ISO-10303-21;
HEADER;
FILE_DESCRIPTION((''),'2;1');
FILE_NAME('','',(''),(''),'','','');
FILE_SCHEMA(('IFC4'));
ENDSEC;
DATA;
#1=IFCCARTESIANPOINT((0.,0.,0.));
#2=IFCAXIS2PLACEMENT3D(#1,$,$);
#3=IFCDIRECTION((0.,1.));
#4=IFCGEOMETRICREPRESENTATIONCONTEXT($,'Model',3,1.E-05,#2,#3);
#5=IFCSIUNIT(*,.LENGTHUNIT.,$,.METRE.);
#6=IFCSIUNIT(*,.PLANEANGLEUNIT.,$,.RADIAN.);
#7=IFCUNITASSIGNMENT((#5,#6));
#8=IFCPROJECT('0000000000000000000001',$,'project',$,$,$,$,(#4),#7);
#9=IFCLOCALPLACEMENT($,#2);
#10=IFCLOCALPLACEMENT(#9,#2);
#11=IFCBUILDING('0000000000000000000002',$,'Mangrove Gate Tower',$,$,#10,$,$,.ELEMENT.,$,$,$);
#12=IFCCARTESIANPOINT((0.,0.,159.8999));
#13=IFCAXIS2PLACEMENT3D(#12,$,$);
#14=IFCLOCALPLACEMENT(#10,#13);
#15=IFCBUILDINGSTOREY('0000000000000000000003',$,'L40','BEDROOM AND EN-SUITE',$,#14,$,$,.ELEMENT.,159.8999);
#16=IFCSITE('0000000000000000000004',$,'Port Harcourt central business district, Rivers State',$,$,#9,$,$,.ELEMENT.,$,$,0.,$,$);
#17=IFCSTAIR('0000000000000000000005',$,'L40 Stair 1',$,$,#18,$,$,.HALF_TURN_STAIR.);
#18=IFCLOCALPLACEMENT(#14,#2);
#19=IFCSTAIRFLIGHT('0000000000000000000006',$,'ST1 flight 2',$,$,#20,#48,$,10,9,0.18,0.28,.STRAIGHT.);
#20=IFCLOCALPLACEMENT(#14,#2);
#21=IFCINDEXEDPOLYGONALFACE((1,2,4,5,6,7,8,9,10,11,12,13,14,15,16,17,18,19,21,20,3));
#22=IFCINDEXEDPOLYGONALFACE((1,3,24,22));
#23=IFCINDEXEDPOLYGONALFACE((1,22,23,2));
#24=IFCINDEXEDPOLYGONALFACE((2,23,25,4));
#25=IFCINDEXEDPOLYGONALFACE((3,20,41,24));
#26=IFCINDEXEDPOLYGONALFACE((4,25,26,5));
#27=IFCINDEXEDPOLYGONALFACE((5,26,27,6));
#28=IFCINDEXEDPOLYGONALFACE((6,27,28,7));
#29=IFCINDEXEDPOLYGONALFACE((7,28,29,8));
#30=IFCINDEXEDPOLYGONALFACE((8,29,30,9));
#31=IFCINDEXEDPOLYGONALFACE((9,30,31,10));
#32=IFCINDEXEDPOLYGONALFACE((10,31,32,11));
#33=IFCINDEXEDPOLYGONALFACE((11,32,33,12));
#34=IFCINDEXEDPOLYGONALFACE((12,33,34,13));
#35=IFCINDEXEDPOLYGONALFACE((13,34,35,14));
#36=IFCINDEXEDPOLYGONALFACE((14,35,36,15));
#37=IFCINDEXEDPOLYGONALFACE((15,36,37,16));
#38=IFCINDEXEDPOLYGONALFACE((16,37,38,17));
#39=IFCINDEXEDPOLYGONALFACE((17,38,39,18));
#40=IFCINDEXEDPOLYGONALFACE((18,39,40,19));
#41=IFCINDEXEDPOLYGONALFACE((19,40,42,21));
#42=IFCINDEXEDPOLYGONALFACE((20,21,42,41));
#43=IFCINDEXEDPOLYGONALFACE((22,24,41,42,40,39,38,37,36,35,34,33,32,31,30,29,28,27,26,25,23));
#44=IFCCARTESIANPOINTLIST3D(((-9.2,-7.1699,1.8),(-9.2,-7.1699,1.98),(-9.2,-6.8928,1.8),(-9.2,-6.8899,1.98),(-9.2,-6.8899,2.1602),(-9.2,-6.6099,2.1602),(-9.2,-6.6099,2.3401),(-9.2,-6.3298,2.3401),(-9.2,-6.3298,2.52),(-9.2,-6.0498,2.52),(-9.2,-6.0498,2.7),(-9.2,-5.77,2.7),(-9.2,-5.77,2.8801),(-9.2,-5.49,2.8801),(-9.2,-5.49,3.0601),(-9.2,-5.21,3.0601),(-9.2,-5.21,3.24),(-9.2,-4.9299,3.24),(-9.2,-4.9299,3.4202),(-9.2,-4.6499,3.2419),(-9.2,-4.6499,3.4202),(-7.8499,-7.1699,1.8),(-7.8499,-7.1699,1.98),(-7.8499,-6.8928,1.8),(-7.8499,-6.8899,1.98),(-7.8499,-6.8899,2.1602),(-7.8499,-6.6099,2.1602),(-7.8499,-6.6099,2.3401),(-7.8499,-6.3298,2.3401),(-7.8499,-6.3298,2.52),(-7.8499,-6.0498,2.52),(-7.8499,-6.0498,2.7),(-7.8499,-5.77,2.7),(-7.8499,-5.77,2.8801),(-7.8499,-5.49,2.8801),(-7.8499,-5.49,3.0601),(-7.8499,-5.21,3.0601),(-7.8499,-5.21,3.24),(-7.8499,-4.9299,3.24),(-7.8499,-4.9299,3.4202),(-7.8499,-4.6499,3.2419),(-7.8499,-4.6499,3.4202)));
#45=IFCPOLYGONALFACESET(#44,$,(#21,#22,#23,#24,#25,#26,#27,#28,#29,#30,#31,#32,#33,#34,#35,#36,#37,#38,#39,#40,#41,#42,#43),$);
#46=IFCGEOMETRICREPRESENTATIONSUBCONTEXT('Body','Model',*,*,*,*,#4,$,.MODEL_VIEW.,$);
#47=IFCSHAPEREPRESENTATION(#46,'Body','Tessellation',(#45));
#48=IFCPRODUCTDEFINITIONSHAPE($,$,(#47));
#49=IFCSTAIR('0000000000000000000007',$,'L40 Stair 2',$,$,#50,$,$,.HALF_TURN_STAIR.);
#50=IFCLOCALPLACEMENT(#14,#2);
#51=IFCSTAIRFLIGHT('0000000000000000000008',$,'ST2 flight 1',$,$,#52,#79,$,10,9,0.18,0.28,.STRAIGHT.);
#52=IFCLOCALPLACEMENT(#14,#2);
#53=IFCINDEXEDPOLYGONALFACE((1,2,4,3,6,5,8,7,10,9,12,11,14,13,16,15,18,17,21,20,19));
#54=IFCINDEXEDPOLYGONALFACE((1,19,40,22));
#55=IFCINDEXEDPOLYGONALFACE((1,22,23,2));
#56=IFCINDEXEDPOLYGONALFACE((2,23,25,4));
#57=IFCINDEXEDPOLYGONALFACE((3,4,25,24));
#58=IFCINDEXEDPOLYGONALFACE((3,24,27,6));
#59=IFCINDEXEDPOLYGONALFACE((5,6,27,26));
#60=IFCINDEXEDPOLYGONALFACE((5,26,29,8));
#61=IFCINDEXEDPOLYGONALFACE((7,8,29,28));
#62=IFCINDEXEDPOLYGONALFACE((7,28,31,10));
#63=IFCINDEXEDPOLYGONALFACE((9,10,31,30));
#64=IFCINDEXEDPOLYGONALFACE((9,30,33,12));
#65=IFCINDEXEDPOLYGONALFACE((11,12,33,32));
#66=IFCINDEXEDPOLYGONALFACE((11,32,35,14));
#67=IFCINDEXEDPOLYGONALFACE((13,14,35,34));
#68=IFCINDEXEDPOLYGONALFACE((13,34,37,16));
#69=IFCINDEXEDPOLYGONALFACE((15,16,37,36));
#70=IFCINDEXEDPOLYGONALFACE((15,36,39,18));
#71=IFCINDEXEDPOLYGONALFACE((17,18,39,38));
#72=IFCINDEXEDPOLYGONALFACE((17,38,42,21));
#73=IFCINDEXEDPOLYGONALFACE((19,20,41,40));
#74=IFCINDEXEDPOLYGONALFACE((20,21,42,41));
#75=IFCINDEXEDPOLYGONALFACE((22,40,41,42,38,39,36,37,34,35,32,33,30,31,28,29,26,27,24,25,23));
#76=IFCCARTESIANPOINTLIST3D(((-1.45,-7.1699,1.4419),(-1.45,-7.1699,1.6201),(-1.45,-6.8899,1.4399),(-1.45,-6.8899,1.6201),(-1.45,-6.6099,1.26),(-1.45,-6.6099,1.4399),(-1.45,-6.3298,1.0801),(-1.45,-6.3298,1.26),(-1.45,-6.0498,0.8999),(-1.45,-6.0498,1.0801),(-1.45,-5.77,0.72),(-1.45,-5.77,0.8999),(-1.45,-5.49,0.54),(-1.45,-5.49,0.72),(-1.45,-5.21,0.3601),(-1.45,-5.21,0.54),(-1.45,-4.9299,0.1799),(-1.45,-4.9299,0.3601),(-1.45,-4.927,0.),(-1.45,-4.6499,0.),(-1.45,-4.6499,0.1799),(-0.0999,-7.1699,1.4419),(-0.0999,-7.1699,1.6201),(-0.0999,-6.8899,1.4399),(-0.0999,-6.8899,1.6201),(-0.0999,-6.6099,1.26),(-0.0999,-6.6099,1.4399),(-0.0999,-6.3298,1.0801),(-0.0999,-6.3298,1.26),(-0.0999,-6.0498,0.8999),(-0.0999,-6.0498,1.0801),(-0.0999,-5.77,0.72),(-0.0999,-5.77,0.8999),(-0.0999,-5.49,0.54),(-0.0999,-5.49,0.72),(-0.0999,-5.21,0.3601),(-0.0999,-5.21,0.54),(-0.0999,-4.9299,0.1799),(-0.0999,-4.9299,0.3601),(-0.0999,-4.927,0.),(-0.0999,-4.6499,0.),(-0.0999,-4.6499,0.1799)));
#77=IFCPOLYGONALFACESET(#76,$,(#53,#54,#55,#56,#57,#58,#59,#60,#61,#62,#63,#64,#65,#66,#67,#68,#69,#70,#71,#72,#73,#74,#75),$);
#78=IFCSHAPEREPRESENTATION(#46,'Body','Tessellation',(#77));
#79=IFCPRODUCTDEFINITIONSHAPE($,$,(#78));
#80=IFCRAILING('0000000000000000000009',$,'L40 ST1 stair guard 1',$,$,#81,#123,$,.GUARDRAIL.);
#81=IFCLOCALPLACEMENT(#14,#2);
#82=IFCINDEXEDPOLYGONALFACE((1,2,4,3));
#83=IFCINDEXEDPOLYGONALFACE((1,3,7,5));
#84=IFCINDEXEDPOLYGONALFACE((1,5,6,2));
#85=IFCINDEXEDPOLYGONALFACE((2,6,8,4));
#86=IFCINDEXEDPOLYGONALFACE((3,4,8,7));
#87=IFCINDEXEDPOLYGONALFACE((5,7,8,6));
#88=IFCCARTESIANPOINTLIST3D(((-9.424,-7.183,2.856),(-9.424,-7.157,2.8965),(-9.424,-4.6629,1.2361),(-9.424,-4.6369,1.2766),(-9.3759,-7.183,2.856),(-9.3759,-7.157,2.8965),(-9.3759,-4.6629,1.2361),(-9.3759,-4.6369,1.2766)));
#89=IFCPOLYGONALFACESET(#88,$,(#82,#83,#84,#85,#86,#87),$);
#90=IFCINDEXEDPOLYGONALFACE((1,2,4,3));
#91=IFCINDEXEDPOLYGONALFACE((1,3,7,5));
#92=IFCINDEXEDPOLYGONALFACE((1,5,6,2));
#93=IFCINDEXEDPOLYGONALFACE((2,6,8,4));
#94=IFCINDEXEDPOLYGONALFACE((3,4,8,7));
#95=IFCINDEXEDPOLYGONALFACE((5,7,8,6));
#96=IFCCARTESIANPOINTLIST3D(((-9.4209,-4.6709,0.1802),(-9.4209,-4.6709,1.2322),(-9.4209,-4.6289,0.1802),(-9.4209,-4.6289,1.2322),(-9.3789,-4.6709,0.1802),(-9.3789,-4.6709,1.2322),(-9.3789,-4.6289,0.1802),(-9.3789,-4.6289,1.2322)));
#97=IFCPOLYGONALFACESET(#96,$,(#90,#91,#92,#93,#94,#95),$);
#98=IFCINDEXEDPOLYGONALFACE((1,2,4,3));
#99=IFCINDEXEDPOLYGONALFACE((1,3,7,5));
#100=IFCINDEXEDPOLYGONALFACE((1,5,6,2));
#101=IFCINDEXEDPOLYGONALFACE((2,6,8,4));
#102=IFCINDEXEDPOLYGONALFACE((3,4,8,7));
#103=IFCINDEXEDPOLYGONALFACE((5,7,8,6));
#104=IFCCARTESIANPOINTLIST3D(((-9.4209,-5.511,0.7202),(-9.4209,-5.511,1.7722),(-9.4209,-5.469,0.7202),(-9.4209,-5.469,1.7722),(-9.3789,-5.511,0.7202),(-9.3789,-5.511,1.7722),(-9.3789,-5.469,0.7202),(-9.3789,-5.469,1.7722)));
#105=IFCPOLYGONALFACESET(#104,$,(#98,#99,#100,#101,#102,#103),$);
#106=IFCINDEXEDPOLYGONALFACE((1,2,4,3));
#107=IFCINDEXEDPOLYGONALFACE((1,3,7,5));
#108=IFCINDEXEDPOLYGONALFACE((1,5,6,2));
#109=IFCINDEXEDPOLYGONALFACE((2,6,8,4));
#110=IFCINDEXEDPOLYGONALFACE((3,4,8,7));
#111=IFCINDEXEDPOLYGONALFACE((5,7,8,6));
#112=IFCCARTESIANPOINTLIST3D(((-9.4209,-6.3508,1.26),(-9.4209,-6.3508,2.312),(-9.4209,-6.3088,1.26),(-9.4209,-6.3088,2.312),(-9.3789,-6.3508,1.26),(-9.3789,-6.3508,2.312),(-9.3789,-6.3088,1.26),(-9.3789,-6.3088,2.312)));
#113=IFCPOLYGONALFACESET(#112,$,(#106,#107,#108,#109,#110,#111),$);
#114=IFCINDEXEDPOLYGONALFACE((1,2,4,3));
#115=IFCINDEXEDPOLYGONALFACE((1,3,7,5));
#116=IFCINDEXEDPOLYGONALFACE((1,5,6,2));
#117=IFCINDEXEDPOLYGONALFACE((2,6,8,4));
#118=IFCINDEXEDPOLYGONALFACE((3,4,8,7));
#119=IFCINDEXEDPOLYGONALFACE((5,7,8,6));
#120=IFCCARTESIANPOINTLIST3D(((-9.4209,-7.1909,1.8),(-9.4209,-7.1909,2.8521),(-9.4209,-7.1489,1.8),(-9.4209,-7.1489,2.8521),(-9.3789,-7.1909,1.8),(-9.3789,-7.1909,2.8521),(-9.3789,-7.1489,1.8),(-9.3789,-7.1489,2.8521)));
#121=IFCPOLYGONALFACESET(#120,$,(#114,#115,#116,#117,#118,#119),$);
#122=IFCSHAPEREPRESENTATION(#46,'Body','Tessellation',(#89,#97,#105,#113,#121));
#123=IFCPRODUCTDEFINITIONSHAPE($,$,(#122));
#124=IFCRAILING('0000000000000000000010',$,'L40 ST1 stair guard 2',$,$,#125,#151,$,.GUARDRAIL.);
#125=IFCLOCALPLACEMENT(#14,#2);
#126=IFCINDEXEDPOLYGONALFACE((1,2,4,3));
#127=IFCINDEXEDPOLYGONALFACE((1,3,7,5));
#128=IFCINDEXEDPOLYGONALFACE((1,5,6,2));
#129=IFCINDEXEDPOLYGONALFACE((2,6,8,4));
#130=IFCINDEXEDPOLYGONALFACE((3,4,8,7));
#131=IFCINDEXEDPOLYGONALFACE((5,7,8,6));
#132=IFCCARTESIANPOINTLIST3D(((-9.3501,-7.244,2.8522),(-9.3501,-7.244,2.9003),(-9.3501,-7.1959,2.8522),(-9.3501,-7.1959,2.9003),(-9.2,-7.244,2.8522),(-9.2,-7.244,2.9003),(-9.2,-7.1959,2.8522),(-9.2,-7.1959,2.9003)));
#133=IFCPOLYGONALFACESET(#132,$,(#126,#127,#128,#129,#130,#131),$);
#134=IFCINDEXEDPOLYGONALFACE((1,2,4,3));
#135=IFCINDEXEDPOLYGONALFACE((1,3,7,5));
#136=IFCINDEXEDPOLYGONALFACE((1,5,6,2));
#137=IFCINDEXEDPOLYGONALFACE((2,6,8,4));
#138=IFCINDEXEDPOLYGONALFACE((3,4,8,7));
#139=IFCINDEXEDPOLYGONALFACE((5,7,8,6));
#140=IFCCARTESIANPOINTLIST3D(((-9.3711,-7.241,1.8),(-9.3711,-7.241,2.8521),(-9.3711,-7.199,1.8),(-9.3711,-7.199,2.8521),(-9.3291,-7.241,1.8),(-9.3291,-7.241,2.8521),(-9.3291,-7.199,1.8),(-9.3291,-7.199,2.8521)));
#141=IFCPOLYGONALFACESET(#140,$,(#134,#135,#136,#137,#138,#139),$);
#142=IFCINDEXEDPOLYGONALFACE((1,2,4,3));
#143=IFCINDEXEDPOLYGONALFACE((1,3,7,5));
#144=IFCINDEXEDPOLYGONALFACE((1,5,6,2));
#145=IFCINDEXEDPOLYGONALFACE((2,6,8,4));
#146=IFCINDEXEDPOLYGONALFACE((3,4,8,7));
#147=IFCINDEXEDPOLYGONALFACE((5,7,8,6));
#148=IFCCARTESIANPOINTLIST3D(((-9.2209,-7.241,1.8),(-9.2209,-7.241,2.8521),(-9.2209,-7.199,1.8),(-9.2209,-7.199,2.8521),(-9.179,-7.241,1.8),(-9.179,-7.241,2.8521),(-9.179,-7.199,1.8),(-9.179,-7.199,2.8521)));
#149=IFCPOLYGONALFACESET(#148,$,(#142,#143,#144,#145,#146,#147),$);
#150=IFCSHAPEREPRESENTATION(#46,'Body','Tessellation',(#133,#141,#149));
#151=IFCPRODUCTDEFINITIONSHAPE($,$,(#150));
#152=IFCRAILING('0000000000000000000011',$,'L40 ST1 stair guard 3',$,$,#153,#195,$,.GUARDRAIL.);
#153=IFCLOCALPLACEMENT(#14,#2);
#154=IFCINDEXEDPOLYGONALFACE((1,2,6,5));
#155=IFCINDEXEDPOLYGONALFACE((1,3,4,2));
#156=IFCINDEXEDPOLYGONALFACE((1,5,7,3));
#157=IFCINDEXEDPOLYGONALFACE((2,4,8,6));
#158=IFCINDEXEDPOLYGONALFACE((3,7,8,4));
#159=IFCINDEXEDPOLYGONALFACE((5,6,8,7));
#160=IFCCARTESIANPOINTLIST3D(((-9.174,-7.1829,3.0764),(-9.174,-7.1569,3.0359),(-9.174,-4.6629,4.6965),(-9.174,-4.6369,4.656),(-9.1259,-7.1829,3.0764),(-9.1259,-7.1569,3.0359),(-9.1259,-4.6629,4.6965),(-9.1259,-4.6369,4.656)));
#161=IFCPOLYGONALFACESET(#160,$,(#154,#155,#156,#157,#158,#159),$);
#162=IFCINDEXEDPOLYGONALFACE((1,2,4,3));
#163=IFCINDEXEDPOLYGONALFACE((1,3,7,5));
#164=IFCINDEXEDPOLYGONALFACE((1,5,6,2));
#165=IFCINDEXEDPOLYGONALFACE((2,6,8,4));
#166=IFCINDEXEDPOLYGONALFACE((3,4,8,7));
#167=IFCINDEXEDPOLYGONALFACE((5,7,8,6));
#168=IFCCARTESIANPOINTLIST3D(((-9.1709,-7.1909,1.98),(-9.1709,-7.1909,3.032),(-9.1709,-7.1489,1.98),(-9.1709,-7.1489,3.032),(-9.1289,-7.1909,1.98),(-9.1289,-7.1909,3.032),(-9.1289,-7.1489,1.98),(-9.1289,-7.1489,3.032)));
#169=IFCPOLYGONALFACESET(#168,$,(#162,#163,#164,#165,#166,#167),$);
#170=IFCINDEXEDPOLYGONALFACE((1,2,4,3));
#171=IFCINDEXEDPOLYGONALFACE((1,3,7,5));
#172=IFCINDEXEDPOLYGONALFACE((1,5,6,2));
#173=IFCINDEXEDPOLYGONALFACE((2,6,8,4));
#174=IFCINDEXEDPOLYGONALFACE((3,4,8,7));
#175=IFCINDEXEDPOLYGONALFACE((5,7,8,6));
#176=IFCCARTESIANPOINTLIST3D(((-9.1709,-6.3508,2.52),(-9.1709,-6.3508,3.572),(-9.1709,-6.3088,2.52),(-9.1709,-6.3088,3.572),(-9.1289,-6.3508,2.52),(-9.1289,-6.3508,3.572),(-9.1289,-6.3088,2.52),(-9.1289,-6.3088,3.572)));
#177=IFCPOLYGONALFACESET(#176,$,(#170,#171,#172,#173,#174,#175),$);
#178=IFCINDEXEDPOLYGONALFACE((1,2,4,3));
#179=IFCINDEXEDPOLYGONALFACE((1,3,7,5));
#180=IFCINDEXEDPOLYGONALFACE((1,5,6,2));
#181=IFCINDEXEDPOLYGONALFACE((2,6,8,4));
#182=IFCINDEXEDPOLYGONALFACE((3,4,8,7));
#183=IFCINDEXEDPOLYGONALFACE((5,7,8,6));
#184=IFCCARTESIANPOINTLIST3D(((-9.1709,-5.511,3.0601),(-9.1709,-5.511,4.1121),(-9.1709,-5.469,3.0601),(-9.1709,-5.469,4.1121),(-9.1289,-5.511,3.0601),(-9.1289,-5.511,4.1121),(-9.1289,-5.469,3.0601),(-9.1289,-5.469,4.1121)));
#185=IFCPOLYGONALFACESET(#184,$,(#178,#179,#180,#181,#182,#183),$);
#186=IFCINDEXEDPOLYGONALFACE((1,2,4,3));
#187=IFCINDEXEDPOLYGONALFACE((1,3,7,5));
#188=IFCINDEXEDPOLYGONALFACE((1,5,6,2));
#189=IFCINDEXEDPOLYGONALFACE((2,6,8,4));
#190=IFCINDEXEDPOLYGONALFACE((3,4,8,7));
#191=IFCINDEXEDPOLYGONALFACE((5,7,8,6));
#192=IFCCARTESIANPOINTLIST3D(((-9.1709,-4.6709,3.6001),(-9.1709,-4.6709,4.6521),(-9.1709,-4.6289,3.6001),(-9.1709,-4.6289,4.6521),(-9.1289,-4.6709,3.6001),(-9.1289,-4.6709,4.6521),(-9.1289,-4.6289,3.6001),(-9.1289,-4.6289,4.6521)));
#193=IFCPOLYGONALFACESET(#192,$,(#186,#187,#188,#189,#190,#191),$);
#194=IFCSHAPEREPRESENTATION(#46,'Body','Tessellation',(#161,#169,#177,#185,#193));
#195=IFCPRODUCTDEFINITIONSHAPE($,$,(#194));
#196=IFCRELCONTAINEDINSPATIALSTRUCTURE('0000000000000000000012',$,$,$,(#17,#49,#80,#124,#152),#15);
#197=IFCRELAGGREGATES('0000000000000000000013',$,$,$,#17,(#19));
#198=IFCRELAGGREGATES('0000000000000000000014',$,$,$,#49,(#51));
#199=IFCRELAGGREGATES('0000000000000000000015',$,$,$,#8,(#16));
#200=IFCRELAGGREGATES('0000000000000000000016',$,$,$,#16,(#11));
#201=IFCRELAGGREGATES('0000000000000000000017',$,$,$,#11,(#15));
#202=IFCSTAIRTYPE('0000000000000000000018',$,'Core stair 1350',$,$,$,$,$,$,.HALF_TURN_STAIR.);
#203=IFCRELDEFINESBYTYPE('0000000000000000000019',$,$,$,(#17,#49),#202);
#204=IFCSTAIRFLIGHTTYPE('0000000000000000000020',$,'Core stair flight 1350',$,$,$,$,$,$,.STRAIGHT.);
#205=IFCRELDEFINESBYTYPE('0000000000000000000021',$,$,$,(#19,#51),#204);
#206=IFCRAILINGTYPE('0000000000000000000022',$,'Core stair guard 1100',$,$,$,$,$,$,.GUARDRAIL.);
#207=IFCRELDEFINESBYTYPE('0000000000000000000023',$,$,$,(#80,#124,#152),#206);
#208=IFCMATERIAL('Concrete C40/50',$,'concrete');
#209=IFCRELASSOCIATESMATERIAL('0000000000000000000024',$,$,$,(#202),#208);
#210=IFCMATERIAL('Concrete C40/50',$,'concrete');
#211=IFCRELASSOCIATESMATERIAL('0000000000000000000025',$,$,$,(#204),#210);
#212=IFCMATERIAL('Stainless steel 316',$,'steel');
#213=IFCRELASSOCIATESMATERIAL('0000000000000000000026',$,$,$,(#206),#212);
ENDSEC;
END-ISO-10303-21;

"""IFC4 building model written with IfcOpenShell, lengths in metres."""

from ifc_helpers import new_model, si_unit, direction, frame, origin, origin_2d, place, context, subcontext, project, spatial, polyline, rectangle, outline, extrude, material, type_object, element, aggregate, save


model = new_model("IFC4")

# Units and contexts
model_context = context("Model", 3, precision=1e-05, world=origin(), true_north=direction((0.0, 1.0)))
body_context = subcontext(model_context, "Body", "Model", "MODEL_VIEW")
ifc_project = project(units=[si_unit("LENGTHUNIT", "METRE"), si_unit("PLANEANGLEUNIT", "RADIAN")], contexts=[model_context])

# Site, building, storey
site_placement = place(None, origin())
site = spatial("IfcSite", under=ifc_project, at=site_placement, Name="Port Harcourt central business district, Rivers State", CompositionType="ELEMENT", RefElevation=0.0)
building_placement = place(site_placement, origin())
building = spatial("IfcBuilding", under=site, at=building_placement, Name="Mangrove Gate Tower", CompositionType="ELEMENT")
storey_placement = place(building_placement, frame((0.0, 0.0, 159.8999)))
storey = spatial("IfcBuildingStorey", under=building, at=storey_placement, Name="L40", Description="BEDROOM AND EN-SUITE", CompositionType="ELEMENT", Elevation=159.8999)

# Stair, stair flight
ifc_material_1 = material(Name="Concrete C40/50", Category="concrete")
stair_type = type_object("IfcStairType", Name="Core stair 1350", PredefinedType="HALF_TURN_STAIR", material=ifc_material_1)
stair_1_placement = place(storey_placement, origin())
stair_1 = element("IfcStair", 1, at=stair_1_placement, inside=storey, type_object=stair_type, Name="L40 Stair 1", PredefinedType="HALF_TURN_STAIR")
ifc_material_2 = material(Name="Concrete C40/50", Category="concrete")
stair_flight_type = type_object("IfcStairFlightType", Name="Core stair flight 1350", PredefinedType="STRAIGHT", material=ifc_material_2)
stair_flight_1_placement = place(storey_placement, frame((-8.5249, -7.1699, 1.8), z_axis=(0.0, 0.0, 1.0), x_axis=(0.0, 1.0, 0.0)))
stair_flight_1 = element("IfcStairFlight", 2, at=stair_flight_1_placement, type_object=stair_flight_type, Name="ST1 flight 2", NumberOfRisers=10, NumberOfTreads=9, PredefinedType="STRAIGHT", RiserHeight=0.18, TreadLength=0.28, context=body_context, shape_type="SweptSolid", body=[
    extrude(outline(polyline([(0.0, 0.0), (0.0, 0.1799), (0.28, 0.1799), (0.28, 0.3601), (0.5601, 0.3601), (0.5601, 0.54), (0.8401, 0.54), (0.8401, 0.72), (1.1201, 0.72), (1.1201, 0.8999), (1.3999, 0.8999), (1.3999, 1.0801), (1.6799, 1.0801), (1.6799, 1.26), (1.96, 1.26), (1.96, 1.4399), (2.24, 1.4399), (2.24, 1.6201), (2.52, 1.6201), (2.52, 1.8), (2.52, 1.4419), (0.2771, 0.0), (0.0, 0.0)])), frame((0.0, 0.675, 0.0), z_axis=(0.0, -1.0, 0.0), x_axis=(1.0, 0.0, 0.0)), (0.0, 0.0, 1.0), 1.3501),
])
aggregate(stair_1, [stair_flight_1])

# Stair, stair flight
stair_2_placement = place(storey_placement, origin())
stair_2 = element("IfcStair", 3, at=stair_2_placement, inside=storey, type_object=stair_type, Name="L40 Stair 2", PredefinedType="HALF_TURN_STAIR")
stair_flight_2_placement = place(storey_placement, frame((-0.7749, -4.6499, 0.0), z_axis=(0.0, 0.0, 1.0), x_axis=(0.0, -1.0, 0.0)))
stair_flight_2 = element("IfcStairFlight", 4, at=stair_flight_2_placement, type_object=stair_flight_type, Name="ST2 flight 1", NumberOfRisers=10, NumberOfTreads=9, PredefinedType="STRAIGHT", RiserHeight=0.18, TreadLength=0.28, context=body_context, shape_type="SweptSolid", body=[
    extrude(outline(polyline([(0.0, 0.0), (0.0, 0.1799), (0.28, 0.1799), (0.28, 0.3601), (0.5601, 0.3601), (0.5601, 0.54), (0.8401, 0.54), (0.8401, 0.72), (1.1201, 0.72), (1.1201, 0.8999), (1.3999, 0.8999), (1.3999, 1.0801), (1.6799, 1.0801), (1.6799, 1.26), (1.96, 1.26), (1.96, 1.4399), (2.24, 1.4399), (2.24, 1.6201), (2.52, 1.6201), (2.52, 1.8), (2.52, 1.4419), (0.2771, 0.0), (0.0, 0.0)])), frame((0.0, 0.675, 0.0), z_axis=(0.0, -1.0, 0.0), x_axis=(1.0, 0.0, 0.0)), (0.0, 0.0, 1.0), 1.3501),
])
aggregate(stair_2, [stair_flight_2])

# Railings
ifc_material_3 = material(Name="Stainless steel 316", Category="steel")
railing_type_1 = type_object("IfcRailingType", Name="Core stair guard 1100", PredefinedType="GUARDRAIL", material=ifc_material_3)
railing_1_placement = place(storey_placement, frame((-9.3999, -4.6499, 0.1802)))
element("IfcRailing", 5, at=railing_1_placement, inside=storey, type_object=railing_type_1, Name="L40 ST1 stair guard 1", PredefinedType="GUARDRAIL", context=body_context, shape_type="SweptSolid", body=[
    extrude(rectangle(XDim=0.0481, YDim=0.0481, at=origin_2d()), frame((0.0, 0.0, 1.0762), z_axis=(0.0, -0.8412, 0.540725), x_axis=(1.0, 0.0, 0.0)), (0.0, 0.0, 1.0), 2.9958),
    extrude(rectangle(XDim=0.042, YDim=0.042, at=origin_2d()), origin(), (0.0, 0.0, 1.0), 1.052),
    extrude(rectangle(XDim=0.042, YDim=0.042, at=origin_2d()), frame((0.0, -0.8401, 0.54)), (0.0, 0.0, 1.0), 1.052),
    extrude(rectangle(XDim=0.042, YDim=0.042, at=origin_2d()), frame((0.0, -1.6799, 1.0798)), (0.0, 0.0, 1.0), 1.052),
    extrude(rectangle(XDim=0.042, YDim=0.042, at=origin_2d()), frame((0.0, -2.52, 1.6199)), (0.0, 0.0, 1.0), 1.052),
])
railing_2_placement = place(storey_placement, frame((-9.3501, -7.22, 1.8)))
element("IfcRailing", 6, at=railing_2_placement, inside=storey, type_object=railing_type_1, Name="L40 ST1 stair guard 2", PredefinedType="GUARDRAIL", context=body_context, shape_type="SweptSolid", body=[
    extrude(rectangle(XDim=0.0481, YDim=0.0481, at=origin_2d()), frame((0.0, 0.0, 1.0762), z_axis=(1.0, 0.0, 0.0), x_axis=(0.0, 1.0, 0.0)), (0.0, 0.0, 1.0), 0.1501),
    extrude(rectangle(XDim=0.042, YDim=0.042, at=origin_2d()), origin(), (0.0, 0.0, 1.0), 1.052),
    extrude(rectangle(XDim=0.042, YDim=0.042, at=origin_2d()), frame((0.1501, 0.0, 0.0)), (0.0, 0.0, 1.0), 1.052),
])
railing_3_placement = place(storey_placement, frame((-9.1499, -7.1699, 1.98)))
element("IfcRailing", 7, at=railing_3_placement, inside=storey, type_object=railing_type_1, Name="L40 ST1 stair guard 3", PredefinedType="GUARDRAIL", context=body_context, shape_type="SweptSolid", body=[
    extrude(rectangle(XDim=0.0481, YDim=0.0481, at=origin_2d()), frame((0.0, 0.0, 1.0762), z_axis=(0.0, 0.841163, 0.540782), x_axis=(-1.0, 0.0, 0.0)), (0.0, 0.0, 1.0), 2.9958),
    extrude(rectangle(XDim=0.042, YDim=0.042, at=origin_2d()), origin(), (0.0, 0.0, 1.0), 1.052),
    extrude(rectangle(XDim=0.042, YDim=0.042, at=origin_2d()), frame((0.0, 0.8401, 0.54)), (0.0, 0.0, 1.0), 1.052),
    extrude(rectangle(XDim=0.042, YDim=0.042, at=origin_2d()), frame((0.0, 1.6799, 1.0801)), (0.0, 0.0, 1.0), 1.052),
    extrude(rectangle(XDim=0.042, YDim=0.042, at=origin_2d()), frame((0.0, 2.52, 1.6201)), (0.0, 0.0, 1.0), 1.052),
])

save(model, "model.ifc")
